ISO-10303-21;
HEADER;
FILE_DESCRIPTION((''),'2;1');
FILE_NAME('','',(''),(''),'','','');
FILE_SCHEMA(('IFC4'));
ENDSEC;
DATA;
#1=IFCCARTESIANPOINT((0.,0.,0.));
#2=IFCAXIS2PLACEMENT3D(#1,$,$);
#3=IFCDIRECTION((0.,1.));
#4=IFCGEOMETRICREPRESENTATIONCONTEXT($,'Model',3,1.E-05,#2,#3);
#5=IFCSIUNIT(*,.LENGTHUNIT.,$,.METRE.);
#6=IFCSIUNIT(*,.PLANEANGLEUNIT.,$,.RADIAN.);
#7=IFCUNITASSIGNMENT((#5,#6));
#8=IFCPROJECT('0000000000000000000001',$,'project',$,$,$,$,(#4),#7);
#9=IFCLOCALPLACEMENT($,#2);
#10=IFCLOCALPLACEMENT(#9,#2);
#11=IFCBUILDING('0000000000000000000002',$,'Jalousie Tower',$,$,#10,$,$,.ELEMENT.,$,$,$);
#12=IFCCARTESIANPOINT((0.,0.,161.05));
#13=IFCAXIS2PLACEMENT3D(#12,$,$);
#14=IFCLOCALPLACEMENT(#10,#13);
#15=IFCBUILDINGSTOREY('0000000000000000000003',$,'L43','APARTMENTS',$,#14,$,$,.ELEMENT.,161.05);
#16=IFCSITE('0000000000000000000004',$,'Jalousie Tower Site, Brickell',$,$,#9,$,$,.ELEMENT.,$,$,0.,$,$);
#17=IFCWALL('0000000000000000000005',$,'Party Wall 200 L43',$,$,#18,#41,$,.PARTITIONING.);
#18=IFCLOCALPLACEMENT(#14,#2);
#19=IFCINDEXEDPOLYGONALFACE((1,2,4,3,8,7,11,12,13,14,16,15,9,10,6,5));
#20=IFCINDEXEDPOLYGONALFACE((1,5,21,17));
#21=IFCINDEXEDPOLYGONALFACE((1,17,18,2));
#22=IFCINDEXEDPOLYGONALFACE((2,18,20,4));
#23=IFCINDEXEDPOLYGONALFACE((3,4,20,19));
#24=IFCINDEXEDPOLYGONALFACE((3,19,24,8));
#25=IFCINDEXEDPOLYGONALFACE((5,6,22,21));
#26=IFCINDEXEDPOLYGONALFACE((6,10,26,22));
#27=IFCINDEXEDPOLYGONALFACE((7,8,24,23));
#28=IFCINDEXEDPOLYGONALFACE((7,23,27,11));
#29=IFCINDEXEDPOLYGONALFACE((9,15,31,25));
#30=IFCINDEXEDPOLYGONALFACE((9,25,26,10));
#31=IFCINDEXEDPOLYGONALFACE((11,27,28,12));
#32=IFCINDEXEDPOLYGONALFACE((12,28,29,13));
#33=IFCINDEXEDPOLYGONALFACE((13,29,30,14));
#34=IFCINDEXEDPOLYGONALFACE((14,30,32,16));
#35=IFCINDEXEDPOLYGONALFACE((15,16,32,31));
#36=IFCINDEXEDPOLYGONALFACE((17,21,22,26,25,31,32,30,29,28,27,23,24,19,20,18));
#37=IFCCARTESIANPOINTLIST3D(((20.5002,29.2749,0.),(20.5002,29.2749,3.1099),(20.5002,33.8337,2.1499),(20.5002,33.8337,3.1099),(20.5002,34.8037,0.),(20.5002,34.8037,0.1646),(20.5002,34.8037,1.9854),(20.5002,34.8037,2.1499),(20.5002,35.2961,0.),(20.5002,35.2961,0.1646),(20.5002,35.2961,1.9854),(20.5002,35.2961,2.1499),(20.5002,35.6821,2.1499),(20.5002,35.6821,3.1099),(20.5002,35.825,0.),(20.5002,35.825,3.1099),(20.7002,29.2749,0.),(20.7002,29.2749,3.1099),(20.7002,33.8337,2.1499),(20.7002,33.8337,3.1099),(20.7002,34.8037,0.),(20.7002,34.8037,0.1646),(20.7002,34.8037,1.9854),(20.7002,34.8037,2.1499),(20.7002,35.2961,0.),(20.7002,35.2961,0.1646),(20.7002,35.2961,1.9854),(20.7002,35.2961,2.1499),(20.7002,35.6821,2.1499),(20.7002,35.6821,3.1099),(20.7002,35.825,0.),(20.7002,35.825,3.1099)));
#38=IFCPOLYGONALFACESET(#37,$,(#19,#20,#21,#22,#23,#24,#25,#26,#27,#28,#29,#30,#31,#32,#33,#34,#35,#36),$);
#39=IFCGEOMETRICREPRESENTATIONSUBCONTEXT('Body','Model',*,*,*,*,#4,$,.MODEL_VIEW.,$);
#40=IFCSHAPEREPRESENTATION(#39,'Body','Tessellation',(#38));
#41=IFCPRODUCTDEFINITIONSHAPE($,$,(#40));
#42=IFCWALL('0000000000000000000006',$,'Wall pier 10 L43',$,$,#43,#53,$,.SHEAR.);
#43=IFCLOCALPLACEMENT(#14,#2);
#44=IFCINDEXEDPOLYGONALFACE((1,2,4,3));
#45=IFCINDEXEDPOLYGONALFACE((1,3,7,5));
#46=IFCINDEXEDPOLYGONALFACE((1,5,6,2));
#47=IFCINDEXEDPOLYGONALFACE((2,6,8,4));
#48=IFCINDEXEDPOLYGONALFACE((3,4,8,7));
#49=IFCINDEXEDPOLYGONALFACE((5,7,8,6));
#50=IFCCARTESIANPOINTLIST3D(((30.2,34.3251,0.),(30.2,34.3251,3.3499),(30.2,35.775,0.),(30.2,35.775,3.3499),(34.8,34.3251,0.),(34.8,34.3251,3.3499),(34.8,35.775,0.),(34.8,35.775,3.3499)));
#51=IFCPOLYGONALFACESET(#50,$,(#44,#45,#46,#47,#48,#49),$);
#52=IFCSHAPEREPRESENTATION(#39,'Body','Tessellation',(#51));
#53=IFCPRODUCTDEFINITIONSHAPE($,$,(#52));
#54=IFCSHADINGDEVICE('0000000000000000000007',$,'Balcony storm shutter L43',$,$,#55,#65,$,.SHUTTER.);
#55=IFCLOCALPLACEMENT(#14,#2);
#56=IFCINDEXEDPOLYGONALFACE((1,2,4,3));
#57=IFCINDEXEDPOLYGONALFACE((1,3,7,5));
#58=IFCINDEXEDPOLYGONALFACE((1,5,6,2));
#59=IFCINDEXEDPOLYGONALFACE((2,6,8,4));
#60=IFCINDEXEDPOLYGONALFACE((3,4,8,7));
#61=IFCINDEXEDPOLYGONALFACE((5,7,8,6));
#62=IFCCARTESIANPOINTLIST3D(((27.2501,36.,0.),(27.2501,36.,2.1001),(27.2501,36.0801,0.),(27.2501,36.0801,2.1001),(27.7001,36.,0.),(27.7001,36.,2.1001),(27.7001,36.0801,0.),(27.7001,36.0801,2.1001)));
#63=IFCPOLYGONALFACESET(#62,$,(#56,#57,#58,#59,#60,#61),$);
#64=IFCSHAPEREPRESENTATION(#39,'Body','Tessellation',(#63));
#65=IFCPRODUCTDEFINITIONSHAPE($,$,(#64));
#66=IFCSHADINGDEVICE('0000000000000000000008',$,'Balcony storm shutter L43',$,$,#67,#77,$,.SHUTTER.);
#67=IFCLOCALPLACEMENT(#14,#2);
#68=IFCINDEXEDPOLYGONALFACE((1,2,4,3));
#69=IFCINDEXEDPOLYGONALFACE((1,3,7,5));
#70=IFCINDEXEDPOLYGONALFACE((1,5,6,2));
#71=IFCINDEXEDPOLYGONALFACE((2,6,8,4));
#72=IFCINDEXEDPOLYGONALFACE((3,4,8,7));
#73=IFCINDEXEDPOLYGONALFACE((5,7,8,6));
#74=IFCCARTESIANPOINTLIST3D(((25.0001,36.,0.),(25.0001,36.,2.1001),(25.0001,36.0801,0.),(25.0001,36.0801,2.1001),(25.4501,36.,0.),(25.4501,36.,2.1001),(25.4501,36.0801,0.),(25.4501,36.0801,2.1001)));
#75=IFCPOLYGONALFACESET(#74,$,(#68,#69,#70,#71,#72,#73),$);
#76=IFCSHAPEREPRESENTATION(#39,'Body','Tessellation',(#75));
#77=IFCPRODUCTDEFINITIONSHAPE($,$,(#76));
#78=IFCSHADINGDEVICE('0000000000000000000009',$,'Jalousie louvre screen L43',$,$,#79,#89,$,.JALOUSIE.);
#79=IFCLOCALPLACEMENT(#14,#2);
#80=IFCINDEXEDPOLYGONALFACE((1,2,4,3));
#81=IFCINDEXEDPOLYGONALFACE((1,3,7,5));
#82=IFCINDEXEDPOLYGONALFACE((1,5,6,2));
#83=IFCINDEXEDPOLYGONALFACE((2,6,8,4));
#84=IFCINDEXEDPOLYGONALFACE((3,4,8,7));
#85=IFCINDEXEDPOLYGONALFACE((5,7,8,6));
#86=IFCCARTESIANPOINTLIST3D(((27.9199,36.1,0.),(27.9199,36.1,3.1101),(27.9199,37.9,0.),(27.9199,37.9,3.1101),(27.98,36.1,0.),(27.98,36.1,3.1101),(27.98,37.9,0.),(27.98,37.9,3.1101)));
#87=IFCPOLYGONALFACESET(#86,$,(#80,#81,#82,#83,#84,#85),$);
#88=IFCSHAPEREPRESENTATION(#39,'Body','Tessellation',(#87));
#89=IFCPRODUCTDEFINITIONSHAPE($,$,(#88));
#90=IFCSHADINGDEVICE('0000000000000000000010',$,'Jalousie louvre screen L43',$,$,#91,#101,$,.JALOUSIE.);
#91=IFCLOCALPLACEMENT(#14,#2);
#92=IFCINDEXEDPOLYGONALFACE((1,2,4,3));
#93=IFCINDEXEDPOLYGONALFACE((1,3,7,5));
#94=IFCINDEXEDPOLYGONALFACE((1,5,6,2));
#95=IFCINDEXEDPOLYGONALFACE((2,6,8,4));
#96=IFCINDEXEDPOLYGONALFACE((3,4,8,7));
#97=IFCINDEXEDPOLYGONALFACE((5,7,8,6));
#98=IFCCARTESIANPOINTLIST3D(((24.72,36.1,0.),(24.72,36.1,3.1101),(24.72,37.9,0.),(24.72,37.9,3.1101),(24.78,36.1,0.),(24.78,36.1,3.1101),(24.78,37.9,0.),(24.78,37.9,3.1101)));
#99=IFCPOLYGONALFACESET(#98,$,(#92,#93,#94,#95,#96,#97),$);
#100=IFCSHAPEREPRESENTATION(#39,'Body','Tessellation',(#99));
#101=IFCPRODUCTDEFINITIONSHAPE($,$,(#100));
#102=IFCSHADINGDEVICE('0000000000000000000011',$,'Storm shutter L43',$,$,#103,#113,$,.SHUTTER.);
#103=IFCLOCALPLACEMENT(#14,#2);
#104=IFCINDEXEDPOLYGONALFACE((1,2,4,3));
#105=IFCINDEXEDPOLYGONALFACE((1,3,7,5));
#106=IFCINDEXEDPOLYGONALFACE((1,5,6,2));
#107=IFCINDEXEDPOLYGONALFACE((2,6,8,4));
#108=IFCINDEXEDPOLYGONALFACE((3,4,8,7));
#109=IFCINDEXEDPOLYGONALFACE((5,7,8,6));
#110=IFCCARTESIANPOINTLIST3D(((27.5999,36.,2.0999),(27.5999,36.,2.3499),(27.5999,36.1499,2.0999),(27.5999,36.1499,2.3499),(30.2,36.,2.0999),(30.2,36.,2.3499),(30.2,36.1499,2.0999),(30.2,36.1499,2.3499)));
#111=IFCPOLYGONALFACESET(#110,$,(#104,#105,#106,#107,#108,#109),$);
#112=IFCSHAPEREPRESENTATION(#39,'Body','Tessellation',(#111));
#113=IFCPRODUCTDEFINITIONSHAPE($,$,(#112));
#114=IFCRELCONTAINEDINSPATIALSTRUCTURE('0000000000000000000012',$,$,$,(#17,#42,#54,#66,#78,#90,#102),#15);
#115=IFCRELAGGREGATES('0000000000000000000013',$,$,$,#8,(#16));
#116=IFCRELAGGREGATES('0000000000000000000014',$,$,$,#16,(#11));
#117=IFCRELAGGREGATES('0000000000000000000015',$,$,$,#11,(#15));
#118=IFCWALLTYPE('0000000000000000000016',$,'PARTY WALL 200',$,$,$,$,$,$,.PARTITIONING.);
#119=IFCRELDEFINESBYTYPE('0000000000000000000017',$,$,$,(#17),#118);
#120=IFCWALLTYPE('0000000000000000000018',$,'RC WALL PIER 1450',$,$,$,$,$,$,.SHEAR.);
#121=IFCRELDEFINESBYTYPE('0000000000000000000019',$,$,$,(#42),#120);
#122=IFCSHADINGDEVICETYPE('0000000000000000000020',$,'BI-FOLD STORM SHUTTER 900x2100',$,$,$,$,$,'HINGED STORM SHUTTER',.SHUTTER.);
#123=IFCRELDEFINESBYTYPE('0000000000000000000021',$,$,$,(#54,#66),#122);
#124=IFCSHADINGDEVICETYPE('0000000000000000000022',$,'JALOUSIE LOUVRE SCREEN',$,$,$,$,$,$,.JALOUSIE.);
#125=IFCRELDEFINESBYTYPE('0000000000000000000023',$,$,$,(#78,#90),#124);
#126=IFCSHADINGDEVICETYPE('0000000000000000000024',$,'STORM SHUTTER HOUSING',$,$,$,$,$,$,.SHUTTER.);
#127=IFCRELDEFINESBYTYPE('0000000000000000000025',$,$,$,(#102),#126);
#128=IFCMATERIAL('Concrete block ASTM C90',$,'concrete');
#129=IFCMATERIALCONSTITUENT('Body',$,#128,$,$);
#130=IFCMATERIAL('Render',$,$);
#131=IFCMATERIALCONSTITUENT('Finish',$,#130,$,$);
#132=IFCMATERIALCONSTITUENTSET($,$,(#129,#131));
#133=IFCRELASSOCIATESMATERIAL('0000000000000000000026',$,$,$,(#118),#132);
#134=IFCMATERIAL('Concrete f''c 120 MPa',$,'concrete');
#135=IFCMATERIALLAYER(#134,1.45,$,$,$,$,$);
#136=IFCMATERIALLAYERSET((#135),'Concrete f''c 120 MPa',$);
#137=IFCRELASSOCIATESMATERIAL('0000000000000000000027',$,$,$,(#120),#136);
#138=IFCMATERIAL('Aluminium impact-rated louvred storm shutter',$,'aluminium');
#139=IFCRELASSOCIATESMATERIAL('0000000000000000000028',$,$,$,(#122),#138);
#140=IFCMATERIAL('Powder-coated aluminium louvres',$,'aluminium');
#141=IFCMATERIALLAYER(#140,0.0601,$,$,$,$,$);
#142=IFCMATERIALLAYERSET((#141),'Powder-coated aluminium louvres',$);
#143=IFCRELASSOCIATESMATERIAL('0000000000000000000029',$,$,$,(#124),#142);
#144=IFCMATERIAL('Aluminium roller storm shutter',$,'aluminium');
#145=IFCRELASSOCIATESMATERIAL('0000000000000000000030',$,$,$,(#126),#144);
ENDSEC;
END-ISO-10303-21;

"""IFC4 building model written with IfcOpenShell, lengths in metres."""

from ifc_helpers import new_model, si_unit, direction, frame, frame_2d, origin, origin_2d, place, context, subcontext, project, spatial, polyline, rectangle, outline, extrude, material, layer, layer_set, constituent, constituent_set, type_object, element, save


model = new_model("IFC4")

# Units and contexts
model_context = context("Model", 3, precision=1e-05, world=origin(), true_north=direction((0.0, 1.0)))
body_context = subcontext(model_context, "Body", "Model", "MODEL_VIEW")
ifc_project = project(units=[si_unit("LENGTHUNIT", "METRE"), si_unit("PLANEANGLEUNIT", "RADIAN")], contexts=[model_context])

# Site, building, storey
site_placement = place(None, origin())
site = spatial("IfcSite", under=ifc_project, at=site_placement, Name="Jalousie Tower Site, Brickell", CompositionType="ELEMENT", RefElevation=0.0)
building_placement = place(site_placement, origin())
building = spatial("IfcBuilding", under=site, at=building_placement, Name="Jalousie Tower", CompositionType="ELEMENT")
storey_placement = place(building_placement, frame((0.0, 0.0, 161.05)))
storey = spatial("IfcBuildingStorey", under=building, at=storey_placement, Name="L43", Description="APARTMENTS", CompositionType="ELEMENT", Elevation=161.05)

# Walls
ifc_material_1 = material(Name="Concrete block ASTM C90", Category="concrete")
ifc_constituent_1 = constituent(ifc_material_1, Name="Body")
ifc_material_2 = material(Name="Render")
ifc_constituent_2 = constituent(ifc_material_2, Name="Finish")
ifc_constituent_set_1 = constituent_set(constituents=[ifc_constituent_1, ifc_constituent_2])
wall_type_1 = type_object("IfcWallType", Name="PARTY WALL 200", PredefinedType="PARTITIONING", material=ifc_constituent_set_1)
wall_1_placement = place(storey_placement, frame((20.6001, 35.825, 0.0), z_axis=(0.0, 0.0, 1.0), x_axis=(0.0, -1.0, 0.0)))
element("IfcWall", 1, at=wall_1_placement, inside=storey, type_object=wall_type_1, Name="Party Wall 200 L43", PredefinedType="PARTITIONING", context=body_context, shape_type="SweptSolid", body=[
    extrude(outline(polyline([(0.1428, 3.1099), (0.0, 3.1099), (0.0, 0.0), (0.5288, 0.0), (0.5288, 0.1646), (1.0212, 0.1646), (1.0212, 0.0), (6.55, 0.0), (6.55, 3.1099), (1.9912, 3.1099), (1.9912, 2.1499), (1.0212, 2.1499), (1.0212, 1.9854), (0.5288, 1.9854), (0.5288, 2.1499), (0.1428, 2.1499), (0.1428, 3.1099)])), frame((0.0, 0.1001, 0.0), z_axis=(0.0, -1.0, 0.0), x_axis=(1.0, 0.0, 0.0)), (0.0, 0.0, 1.0), 0.2),
])
ifc_material_3 = material(Name="Concrete f'c 120 MPa", Category="concrete")
ifc_layer_1 = layer(ifc_material_3, 1.45)
ifc_layer_set_1 = layer_set([ifc_layer_1], Name="Concrete f'c 120 MPa")
wall_type_2 = type_object("IfcWallType", Name="RC WALL PIER 1450", PredefinedType="SHEAR", material=ifc_layer_set_1)
wall_2_placement = place(storey_placement, frame((30.2, 35.05, 0.0), z_axis=(0.0, 0.0, 1.0), x_axis=(1.0, 0.0, 0.0)))
element("IfcWall", 2, at=wall_2_placement, inside=storey, type_object=wall_type_2, Name="Wall pier 10 L43", PredefinedType="SHEAR", context=body_context, shape_type="SweptSolid", body=[
    extrude(rectangle(XDim=4.6001, YDim=1.45, at=frame_2d((2.3, 0.0))), origin(), (0.0, 0.0, 1.0), 3.3499),
])

# Shading devices
ifc_material_4 = material(Name="Aluminium impact-rated louvred storm shutter", Category="aluminium")
shading_device_type_1 = type_object("IfcShadingDeviceType", Name="BI-FOLD STORM SHUTTER 900x2100", ElementType="HINGED STORM SHUTTER", PredefinedType="SHUTTER", material=ifc_material_4)
for number, where, z_axis, x_axis, name in (
    (3, (27.4751, 36.04, 0.0), (0.0, 0.0, 1.0), (-1.0, 0.0, 0.0), "Balcony storm shutter L43"),
    (4, (25.2251, 36.04, 0.0), (0.0, 0.0, 1.0), (-1.0, 0.0, 0.0), "Balcony storm shutter L43"),
):
    element("IfcShadingDevice", number, at=place(storey_placement, frame(where, z_axis=z_axis, x_axis=x_axis)), inside=storey, type_object=shading_device_type_1, Name=name, PredefinedType="SHUTTER", context=body_context, shape_type="SweptSolid", body=[
        extrude(rectangle(XDim=0.45, YDim=0.0801, at=origin_2d()), origin(), (0.0, 0.0, 1.0), 2.1001),
    ])

# Shading devices
ifc_material_5 = material(Name="Powder-coated aluminium louvres", Category="aluminium")
ifc_layer_2 = layer(ifc_material_5, 0.0601)
ifc_layer_set_2 = layer_set([ifc_layer_2], Name="Powder-coated aluminium louvres")
shading_device_type_2 = type_object("IfcShadingDeviceType", Name="JALOUSIE LOUVRE SCREEN", PredefinedType="JALOUSIE", material=ifc_layer_set_2)
for number, where, z_axis, x_axis, name in (
    (5, (27.95, 37.0, 0.0), (0.0, 0.0, 1.0), (-1.0, 0.0, 0.0), "Jalousie louvre screen L43"),
    (6, (24.75, 37.0, 0.0), (0.0, 0.0, 1.0), (-1.0, 0.0, 0.0), "Jalousie louvre screen L43"),
):
    element("IfcShadingDevice", number, at=place(storey_placement, frame(where, z_axis=z_axis, x_axis=x_axis)), inside=storey, type_object=shading_device_type_2, Name=name, PredefinedType="JALOUSIE", context=body_context, shape_type="SweptSolid", body=[
        extrude(rectangle(XDim=0.0601, YDim=1.8, at=origin_2d()), origin(), (0.0, 0.0, 1.0), 3.1101),
    ])
ifc_material_6 = material(Name="Aluminium roller storm shutter", Category="aluminium")
shading_device_type_3 = type_object("IfcShadingDeviceType", Name="STORM SHUTTER HOUSING", PredefinedType="SHUTTER", material=ifc_material_6)
shading_device_placement = place(storey_placement, frame((28.8999, 36.075, 2.0999), z_axis=(0.0, 0.0, 1.0), x_axis=(-1.0, 0.0, 0.0)))
element("IfcShadingDevice", 7, at=shading_device_placement, inside=storey, type_object=shading_device_type_3, Name="Storm shutter L43", PredefinedType="SHUTTER", context=body_context, shape_type="SweptSolid", body=[
    extrude(rectangle(XDim=2.6001, YDim=0.1499, at=origin_2d()), origin(), (0.0, 0.0, 1.0), 0.25),
])

save(model, "model.ifc")
